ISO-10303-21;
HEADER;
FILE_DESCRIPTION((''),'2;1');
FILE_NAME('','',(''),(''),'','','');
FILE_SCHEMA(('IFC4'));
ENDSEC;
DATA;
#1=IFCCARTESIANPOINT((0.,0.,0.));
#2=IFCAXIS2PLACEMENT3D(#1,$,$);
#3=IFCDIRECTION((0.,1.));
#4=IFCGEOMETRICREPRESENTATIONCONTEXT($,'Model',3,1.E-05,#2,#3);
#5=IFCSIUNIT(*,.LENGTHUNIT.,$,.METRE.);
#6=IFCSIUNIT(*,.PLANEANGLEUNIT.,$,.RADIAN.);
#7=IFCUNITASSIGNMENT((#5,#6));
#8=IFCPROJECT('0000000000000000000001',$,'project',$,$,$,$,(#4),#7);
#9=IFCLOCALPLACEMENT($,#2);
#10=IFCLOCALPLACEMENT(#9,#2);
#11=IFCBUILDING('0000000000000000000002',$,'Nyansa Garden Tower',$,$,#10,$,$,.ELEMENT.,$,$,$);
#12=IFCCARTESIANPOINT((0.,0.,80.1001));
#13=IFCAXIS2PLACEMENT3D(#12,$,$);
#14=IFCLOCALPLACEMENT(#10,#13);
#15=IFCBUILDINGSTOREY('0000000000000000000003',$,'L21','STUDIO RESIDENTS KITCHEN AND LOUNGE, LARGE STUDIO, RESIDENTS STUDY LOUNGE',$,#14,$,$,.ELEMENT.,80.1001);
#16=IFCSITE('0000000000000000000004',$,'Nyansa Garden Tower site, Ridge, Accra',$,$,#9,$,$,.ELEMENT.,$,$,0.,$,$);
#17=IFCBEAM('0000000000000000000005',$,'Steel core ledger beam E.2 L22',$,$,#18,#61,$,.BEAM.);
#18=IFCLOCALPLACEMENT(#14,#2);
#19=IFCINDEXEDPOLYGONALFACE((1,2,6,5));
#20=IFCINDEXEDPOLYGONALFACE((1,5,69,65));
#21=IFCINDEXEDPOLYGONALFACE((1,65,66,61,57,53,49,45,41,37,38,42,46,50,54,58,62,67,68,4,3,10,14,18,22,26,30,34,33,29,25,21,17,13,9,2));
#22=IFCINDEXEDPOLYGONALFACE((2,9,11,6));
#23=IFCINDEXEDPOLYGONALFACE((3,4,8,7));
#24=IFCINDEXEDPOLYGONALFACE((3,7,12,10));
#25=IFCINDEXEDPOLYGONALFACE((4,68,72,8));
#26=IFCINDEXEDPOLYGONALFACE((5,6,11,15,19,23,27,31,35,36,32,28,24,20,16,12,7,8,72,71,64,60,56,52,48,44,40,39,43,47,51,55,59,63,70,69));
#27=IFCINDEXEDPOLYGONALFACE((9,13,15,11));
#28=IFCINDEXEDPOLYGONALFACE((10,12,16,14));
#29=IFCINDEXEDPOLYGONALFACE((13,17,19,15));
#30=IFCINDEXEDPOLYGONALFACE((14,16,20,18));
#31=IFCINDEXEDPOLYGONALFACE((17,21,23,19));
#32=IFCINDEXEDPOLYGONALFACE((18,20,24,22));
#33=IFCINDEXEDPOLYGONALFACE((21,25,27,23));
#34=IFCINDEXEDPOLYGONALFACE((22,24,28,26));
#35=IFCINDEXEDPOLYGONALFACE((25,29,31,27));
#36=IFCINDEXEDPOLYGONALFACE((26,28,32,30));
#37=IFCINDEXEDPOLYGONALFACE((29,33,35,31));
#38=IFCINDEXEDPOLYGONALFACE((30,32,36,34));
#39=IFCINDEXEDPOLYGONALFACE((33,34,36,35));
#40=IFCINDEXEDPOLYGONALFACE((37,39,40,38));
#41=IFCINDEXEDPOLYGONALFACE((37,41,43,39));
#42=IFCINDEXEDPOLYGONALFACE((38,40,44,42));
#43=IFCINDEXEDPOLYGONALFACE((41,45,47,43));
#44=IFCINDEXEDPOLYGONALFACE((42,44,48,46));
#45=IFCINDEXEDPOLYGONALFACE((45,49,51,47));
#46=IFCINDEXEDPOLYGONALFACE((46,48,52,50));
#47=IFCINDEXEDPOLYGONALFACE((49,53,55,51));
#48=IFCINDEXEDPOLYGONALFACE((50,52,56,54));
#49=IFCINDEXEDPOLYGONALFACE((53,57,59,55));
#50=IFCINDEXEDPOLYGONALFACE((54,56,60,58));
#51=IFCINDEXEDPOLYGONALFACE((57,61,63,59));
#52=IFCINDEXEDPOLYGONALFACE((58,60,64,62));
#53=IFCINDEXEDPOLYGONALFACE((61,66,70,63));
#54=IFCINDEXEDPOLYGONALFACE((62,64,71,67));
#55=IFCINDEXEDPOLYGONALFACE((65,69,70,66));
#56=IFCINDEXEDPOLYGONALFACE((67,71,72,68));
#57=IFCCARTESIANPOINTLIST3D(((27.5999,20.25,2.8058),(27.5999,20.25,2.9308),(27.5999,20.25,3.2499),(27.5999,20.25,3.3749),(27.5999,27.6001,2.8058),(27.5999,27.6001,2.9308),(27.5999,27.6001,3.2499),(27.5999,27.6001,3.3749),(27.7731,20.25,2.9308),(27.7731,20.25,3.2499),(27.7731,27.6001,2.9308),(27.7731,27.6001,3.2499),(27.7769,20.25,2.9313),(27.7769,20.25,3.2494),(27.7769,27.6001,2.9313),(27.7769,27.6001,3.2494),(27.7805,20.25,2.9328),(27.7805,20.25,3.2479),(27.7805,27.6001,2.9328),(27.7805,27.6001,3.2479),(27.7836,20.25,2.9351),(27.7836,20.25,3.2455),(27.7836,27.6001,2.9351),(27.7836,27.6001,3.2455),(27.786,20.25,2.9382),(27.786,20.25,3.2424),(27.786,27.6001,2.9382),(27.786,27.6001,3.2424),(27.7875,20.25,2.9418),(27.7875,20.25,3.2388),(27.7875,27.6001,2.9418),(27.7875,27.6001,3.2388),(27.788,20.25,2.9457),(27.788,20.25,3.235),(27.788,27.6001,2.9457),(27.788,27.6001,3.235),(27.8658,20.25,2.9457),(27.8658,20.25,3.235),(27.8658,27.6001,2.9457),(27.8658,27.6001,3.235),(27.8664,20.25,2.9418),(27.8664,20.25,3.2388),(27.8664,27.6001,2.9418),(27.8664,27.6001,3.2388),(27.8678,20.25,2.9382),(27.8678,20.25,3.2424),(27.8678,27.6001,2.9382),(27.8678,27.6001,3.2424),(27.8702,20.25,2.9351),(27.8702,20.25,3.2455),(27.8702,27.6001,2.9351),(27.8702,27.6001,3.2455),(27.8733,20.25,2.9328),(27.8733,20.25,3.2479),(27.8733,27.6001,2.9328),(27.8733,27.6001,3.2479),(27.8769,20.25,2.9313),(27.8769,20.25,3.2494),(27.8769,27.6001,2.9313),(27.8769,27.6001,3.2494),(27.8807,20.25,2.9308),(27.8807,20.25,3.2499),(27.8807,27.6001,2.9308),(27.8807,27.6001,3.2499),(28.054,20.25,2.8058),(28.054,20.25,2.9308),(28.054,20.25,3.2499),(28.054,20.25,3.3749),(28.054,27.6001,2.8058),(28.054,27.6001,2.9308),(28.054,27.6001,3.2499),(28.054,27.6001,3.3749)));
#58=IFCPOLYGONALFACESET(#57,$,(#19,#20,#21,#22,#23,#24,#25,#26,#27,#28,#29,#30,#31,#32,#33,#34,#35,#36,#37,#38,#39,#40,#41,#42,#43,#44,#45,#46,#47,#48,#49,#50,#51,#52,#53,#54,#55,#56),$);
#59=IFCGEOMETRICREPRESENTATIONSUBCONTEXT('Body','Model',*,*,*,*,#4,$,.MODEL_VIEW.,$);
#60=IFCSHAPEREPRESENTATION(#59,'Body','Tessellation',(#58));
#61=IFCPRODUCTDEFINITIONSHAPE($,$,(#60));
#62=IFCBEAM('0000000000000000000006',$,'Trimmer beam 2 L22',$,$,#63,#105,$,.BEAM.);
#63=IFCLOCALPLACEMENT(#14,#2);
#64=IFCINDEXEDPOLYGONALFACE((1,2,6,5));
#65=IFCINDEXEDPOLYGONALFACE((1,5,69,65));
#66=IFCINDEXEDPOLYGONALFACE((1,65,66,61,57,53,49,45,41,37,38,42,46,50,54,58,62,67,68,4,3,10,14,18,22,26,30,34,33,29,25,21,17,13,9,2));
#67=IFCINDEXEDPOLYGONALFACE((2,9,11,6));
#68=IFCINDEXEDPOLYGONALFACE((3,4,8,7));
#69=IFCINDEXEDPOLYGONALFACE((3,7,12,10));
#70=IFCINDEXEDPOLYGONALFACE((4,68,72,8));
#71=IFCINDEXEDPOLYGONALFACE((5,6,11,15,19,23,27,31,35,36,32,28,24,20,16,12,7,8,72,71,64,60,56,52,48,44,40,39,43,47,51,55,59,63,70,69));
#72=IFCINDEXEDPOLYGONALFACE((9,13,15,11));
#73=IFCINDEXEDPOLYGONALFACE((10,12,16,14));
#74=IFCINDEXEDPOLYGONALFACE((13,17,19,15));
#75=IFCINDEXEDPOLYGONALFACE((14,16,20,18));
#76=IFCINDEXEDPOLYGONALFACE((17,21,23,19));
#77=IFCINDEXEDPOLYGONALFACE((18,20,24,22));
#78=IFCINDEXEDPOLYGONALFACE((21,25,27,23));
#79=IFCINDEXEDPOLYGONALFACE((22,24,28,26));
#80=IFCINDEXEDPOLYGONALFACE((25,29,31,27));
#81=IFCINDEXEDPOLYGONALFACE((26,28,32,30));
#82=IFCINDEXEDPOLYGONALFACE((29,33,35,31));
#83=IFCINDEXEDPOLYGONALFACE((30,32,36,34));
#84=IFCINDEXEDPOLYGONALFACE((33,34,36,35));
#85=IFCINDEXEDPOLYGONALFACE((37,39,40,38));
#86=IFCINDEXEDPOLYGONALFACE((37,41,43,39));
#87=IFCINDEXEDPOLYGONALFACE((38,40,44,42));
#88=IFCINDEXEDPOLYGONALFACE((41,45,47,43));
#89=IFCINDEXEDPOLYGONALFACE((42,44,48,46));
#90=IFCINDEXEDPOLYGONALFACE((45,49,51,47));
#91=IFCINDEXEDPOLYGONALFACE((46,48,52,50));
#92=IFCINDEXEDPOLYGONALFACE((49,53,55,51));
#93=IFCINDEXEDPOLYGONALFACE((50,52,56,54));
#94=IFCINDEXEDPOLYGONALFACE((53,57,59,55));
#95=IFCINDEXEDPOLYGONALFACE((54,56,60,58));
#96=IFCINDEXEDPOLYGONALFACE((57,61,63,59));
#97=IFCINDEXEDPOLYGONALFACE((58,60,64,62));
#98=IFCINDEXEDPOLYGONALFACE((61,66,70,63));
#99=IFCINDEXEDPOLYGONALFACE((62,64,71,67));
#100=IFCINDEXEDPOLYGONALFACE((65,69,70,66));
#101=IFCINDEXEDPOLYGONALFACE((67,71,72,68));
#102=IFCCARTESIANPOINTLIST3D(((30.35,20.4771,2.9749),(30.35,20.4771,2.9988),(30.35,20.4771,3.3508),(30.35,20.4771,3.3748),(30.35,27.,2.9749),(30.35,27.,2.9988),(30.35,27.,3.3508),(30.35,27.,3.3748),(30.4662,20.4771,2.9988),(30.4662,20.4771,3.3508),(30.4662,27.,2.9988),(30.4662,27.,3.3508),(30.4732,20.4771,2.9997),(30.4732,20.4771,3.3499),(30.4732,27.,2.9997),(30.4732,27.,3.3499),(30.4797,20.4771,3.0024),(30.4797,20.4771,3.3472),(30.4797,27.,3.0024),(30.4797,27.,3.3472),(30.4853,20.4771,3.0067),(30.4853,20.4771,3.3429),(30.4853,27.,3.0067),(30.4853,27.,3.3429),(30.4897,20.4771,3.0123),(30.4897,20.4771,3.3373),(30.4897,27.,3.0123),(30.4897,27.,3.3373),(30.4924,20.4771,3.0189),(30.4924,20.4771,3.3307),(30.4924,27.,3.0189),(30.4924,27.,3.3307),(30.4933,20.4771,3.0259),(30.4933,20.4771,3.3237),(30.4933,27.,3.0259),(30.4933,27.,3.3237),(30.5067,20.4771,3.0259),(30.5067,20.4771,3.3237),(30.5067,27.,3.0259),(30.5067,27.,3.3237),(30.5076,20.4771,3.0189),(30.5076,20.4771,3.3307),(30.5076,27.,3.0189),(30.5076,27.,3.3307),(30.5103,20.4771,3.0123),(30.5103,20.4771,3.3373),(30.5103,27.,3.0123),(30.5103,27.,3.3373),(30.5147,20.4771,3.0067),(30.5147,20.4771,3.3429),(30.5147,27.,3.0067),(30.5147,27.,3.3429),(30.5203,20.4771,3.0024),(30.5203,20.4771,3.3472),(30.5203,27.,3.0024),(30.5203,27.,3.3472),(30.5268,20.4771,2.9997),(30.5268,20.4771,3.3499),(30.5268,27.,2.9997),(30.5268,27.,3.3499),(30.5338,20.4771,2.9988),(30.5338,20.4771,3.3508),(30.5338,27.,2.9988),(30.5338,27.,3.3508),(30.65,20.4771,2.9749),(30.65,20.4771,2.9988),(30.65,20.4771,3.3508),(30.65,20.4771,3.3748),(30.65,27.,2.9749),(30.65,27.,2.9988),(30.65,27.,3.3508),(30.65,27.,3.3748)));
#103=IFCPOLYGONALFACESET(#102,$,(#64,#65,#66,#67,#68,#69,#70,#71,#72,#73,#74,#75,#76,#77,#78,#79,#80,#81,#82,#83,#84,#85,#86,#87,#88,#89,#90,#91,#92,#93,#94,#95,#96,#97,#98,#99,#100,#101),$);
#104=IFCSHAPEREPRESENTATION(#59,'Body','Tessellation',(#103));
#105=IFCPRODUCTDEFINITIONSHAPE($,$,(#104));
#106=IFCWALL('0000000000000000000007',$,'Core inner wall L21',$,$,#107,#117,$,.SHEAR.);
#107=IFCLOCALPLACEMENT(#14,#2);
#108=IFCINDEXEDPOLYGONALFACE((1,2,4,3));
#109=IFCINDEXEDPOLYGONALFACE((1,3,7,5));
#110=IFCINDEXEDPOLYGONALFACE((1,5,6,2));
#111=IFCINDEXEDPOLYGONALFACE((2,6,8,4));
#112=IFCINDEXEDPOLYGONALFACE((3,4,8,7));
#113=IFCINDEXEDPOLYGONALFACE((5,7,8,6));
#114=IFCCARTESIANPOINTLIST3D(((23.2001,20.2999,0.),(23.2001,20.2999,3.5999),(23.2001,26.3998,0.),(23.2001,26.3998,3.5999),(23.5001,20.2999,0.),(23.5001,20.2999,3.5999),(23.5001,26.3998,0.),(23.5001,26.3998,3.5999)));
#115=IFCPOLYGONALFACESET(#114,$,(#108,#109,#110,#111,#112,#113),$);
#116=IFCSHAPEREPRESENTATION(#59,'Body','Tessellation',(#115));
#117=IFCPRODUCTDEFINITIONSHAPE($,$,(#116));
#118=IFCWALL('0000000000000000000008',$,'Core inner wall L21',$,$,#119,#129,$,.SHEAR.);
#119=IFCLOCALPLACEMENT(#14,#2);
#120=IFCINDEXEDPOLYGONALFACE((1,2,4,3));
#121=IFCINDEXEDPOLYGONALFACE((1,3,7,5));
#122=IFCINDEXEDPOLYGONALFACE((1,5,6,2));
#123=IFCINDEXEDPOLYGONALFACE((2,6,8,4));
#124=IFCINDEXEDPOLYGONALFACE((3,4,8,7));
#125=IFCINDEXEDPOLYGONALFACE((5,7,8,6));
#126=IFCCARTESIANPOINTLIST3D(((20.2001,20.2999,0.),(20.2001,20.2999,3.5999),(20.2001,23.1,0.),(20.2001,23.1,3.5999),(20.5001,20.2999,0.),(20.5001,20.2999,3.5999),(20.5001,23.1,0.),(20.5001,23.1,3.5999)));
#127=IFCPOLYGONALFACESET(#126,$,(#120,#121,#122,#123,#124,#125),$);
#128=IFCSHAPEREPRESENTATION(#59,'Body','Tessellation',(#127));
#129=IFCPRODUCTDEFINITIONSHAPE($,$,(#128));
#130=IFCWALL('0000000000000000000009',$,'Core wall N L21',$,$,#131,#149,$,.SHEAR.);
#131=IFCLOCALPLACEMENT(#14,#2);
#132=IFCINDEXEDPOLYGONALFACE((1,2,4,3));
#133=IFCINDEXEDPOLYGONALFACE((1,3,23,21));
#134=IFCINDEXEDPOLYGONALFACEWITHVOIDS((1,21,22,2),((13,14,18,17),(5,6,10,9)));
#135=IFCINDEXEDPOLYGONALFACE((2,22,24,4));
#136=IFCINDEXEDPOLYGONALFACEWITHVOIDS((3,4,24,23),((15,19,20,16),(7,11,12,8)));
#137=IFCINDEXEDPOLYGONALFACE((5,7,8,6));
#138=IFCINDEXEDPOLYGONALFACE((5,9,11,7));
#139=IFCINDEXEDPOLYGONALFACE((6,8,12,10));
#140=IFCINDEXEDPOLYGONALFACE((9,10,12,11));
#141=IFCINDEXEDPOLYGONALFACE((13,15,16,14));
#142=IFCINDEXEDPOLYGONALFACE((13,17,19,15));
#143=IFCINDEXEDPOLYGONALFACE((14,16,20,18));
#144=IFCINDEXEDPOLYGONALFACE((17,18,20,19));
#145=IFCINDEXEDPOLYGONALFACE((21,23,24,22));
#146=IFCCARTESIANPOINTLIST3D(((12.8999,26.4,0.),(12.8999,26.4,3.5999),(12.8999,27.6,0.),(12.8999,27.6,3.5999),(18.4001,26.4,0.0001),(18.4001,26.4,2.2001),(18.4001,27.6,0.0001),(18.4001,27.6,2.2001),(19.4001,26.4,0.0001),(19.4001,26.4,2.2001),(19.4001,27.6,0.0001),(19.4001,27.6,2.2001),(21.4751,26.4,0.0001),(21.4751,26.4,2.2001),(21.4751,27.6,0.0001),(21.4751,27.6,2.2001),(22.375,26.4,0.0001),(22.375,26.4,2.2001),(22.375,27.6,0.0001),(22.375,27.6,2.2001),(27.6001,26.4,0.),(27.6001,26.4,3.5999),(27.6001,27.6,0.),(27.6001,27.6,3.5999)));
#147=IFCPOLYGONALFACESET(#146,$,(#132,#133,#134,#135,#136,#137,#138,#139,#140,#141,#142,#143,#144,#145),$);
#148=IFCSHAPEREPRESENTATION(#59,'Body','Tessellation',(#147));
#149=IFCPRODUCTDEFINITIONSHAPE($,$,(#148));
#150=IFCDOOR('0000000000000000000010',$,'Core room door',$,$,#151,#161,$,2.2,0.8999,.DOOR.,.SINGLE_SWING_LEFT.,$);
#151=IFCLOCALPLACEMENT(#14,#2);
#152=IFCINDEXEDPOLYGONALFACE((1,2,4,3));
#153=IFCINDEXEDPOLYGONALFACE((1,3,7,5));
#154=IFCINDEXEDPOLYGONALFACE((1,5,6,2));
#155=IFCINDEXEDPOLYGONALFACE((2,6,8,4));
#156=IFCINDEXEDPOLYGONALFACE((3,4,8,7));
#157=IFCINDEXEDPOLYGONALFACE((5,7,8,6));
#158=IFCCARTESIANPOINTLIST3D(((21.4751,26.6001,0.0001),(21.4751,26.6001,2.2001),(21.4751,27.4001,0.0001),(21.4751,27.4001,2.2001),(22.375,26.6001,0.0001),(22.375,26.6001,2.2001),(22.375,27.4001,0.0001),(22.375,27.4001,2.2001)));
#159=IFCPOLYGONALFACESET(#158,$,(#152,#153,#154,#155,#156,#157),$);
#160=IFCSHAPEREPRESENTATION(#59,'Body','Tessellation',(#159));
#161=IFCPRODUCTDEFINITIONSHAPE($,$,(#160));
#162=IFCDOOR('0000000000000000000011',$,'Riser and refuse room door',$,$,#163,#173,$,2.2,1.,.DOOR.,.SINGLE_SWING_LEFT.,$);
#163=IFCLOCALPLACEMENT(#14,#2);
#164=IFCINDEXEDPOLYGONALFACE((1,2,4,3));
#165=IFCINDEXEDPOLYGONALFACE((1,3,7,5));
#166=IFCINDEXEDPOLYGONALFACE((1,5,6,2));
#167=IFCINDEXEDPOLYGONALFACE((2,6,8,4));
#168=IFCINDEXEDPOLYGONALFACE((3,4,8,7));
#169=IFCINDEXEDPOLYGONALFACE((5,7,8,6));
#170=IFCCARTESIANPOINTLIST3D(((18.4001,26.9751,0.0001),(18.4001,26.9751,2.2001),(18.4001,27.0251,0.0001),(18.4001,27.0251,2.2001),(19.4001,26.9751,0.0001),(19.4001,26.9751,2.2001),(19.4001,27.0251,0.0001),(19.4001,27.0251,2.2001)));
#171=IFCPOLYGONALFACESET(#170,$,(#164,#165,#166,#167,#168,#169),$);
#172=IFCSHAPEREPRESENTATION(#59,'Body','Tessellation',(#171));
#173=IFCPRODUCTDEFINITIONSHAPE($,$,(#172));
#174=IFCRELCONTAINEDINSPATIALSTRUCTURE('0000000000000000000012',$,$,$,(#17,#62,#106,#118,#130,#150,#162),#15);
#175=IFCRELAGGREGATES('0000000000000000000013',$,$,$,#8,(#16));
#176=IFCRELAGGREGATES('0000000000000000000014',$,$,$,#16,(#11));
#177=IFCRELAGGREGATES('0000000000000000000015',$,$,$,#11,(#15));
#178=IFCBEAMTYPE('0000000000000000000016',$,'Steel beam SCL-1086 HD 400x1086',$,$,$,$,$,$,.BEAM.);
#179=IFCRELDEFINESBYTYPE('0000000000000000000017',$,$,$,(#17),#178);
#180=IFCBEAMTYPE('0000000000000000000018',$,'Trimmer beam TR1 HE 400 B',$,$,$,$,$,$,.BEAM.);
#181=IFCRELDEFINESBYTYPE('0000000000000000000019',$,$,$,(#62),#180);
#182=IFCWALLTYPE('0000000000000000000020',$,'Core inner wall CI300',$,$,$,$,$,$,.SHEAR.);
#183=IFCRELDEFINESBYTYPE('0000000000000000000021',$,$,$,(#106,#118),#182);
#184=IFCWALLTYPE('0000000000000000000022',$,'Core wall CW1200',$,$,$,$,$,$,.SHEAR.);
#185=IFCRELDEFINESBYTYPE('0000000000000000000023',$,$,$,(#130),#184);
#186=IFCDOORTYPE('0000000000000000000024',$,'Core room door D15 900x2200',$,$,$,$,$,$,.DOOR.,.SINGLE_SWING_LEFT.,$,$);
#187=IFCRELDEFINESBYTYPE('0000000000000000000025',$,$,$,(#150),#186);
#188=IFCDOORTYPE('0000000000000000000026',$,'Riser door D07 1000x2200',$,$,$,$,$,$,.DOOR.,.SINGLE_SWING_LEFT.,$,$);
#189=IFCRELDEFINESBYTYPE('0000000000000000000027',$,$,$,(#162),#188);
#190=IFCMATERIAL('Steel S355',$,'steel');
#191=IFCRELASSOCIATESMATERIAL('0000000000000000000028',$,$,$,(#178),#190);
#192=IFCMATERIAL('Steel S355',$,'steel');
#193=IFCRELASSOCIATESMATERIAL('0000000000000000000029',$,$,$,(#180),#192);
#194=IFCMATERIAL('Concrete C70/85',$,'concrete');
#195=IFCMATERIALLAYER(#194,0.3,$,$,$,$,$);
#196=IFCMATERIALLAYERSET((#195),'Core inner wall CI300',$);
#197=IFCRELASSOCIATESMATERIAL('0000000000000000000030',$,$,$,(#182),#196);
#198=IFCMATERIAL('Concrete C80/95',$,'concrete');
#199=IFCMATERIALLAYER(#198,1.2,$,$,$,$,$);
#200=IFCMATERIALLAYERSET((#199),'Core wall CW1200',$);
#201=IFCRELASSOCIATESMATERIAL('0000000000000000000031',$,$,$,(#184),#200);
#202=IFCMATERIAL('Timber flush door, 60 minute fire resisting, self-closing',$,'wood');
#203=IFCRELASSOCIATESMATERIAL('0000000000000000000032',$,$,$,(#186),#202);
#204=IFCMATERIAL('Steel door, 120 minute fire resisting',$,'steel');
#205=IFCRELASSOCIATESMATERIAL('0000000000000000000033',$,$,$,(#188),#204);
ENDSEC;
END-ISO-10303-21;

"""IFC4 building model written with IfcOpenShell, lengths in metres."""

from ifc_helpers import new_model, si_unit, direction, frame, frame_2d, origin, origin_2d, place, context, subcontext, project, spatial, rectangle, i_section, extrude, material, layer, layer_set, material_profile, profile_set, type_object, element, fill, save


model = new_model("IFC4")

# Units and contexts
model_context = context("Model", 3, precision=1e-05, world=origin(), true_north=direction((0.0, 1.0)))
body_context = subcontext(model_context, "Body", "Model", "MODEL_VIEW")
ifc_project = project(units=[si_unit("LENGTHUNIT", "METRE"), si_unit("PLANEANGLEUNIT", "RADIAN")], contexts=[model_context])

# Site, building, storey
site_placement = place(None, origin())
site = spatial("IfcSite", under=ifc_project, at=site_placement, Name="Nyansa Garden Tower site, Ridge, Accra", CompositionType="ELEMENT", RefElevation=0.0)
building_placement = place(site_placement, origin())
building = spatial("IfcBuilding", under=site, at=building_placement, Name="Nyansa Garden Tower", CompositionType="ELEMENT")
storey_placement = place(building_placement, frame((0.0, 0.0, 80.1001)))
storey = spatial("IfcBuildingStorey", under=building, at=storey_placement, Name="L21", Description="STUDIO RESIDENTS KITCHEN AND LOUNGE, LARGE STUDIO, RESIDENTS STUDY LOUNGE", CompositionType="ELEMENT", Elevation=80.1001)

# Beams
ifc_material_1 = material(Name="Steel S355", Category="steel")
ifc_material_profile_1 = material_profile(ifc_material_1, i_section(OverallWidth=0.4541, OverallDepth=0.5691, WebThickness=0.0779, FlangeThickness=0.125, FilletRadius=0.0149, at=origin_2d()), Name="HD 400x1086")
ifc_profile_set_1 = profile_set([ifc_material_profile_1], Name="Steel S355")
beam_type_1 = type_object("IfcBeamType", Name="Steel beam SCL-1086 HD 400x1086", PredefinedType="BEAM", material=ifc_profile_set_1)
beam_1_placement = place(storey_placement, frame((27.8269, 20.25, 3.0903), z_axis=(0.0, 1.0, 0.0), x_axis=(-1.0, 0.0, 0.0)))
element("IfcBeam", 1, at=beam_1_placement, inside=storey, type_object=beam_type_1, Name="Steel core ledger beam E.2 L22", PredefinedType="BEAM", context=body_context, shape_type="SweptSolid", body=[
    extrude(i_section(OverallWidth=0.4541, OverallDepth=0.5691, WebThickness=0.0779, FlangeThickness=0.125, FilletRadius=0.0149, at=origin_2d()), origin(), (0.0, 0.0, 1.0), 7.3501),
])
ifc_material_2 = material(Name="Steel S355", Category="steel")
ifc_material_profile_2 = material_profile(ifc_material_2, i_section(OverallWidth=0.3, OverallDepth=0.3999, WebThickness=0.0134, FlangeThickness=0.0239, FilletRadius=0.0271, at=origin_2d()), Name="HE 400 B")
ifc_profile_set_2 = profile_set([ifc_material_profile_2], Name="Steel S355")
beam_type_2 = type_object("IfcBeamType", Name="Trimmer beam TR1 HE 400 B", PredefinedType="BEAM", material=ifc_profile_set_2)
beam_2_placement = place(storey_placement, frame((30.5, 20.4771, 3.1748), z_axis=(0.0, 1.0, 0.0), x_axis=(-1.0, 0.0, 0.0)))
element("IfcBeam", 2, at=beam_2_placement, inside=storey, type_object=beam_type_2, Name="Trimmer beam 2 L22", PredefinedType="BEAM", context=body_context, shape_type="SweptSolid", body=[
    extrude(i_section(OverallWidth=0.3, OverallDepth=0.3999, WebThickness=0.0134, FlangeThickness=0.0239, FilletRadius=0.0271, at=origin_2d()), origin(), (0.0, 0.0, 1.0), 6.5229),
])

# Walls
ifc_material_3 = material(Name="Concrete C70/85", Category="concrete")
ifc_layer_1 = layer(ifc_material_3, 0.3)
ifc_layer_set_1 = layer_set([ifc_layer_1], Name="Core inner wall CI300")
wall_type_1 = type_object("IfcWallType", Name="Core inner wall CI300", PredefinedType="SHEAR", material=ifc_layer_set_1)
wall_1_placement = place(storey_placement, frame((23.3501, 20.3, 0.0), z_axis=(0.0, 0.0, 1.0), x_axis=(0.0, 1.0, 0.0)))
element("IfcWall", 3, at=wall_1_placement, inside=storey, type_object=wall_type_1, Name="Core inner wall L21", PredefinedType="SHEAR", context=body_context, shape_type="SweptSolid", body=[
    extrude(rectangle(XDim=6.0999, YDim=0.3, at=frame_2d((3.0498, 0.0))), origin(), (0.0, 0.0, 1.0), 3.5999),
])
wall_2_placement = place(storey_placement, frame((20.3501, 20.3, 0.0), z_axis=(0.0, 0.0, 1.0), x_axis=(0.0, 1.0, 0.0)))
element("IfcWall", 4, at=wall_2_placement, inside=storey, type_object=wall_type_1, Name="Core inner wall L21", PredefinedType="SHEAR", context=body_context, shape_type="SweptSolid", body=[
    extrude(rectangle(XDim=2.8, YDim=0.3, at=frame_2d((1.3999, 0.0))), origin(), (0.0, 0.0, 1.0), 3.5999),
])

# Wall, openings, doors
ifc_material_4 = material(Name="Concrete C80/95", Category="concrete")
ifc_layer_2 = layer(ifc_material_4, 1.2)
ifc_layer_set_2 = layer_set([ifc_layer_2], Name="Core wall CW1200")
wall_type_2 = type_object("IfcWallType", Name="Core wall CW1200", PredefinedType="SHEAR", material=ifc_layer_set_2)
wall_3_placement = place(storey_placement, frame((27.6001, 27.0, 0.0), z_axis=(0.0, 0.0, 1.0), x_axis=(-1.0, 0.0, 0.0)))
wall_3 = element("IfcWall", 5, at=wall_3_placement, inside=storey, type_object=wall_type_2, Name="Core wall N L21", PredefinedType="SHEAR", context=body_context, shape_type="SweptSolid", body=[
    extrude(rectangle(XDim=14.7002, YDim=1.2, at=frame_2d((7.3501, 0.0))), origin(), (0.0, 0.0, 1.0), 3.5999),
])
opening_1_placement = place(wall_3_placement, frame((5.2251, 0.0, 0.0)))
opening_1 = element("IfcOpeningElement", 6, at=opening_1_placement, cuts=wall_3, PredefinedType="OPENING", context=body_context, shape_type="SweptSolid", body=[
    extrude(rectangle(XDim=0.8999, YDim=2.2, at=frame_2d((0.45, 1.1001))), frame((0.0, 0.6099, 0.0), z_axis=(0.0, -1.0, 0.0), x_axis=(1.0, 0.0, 0.0)), (0.0, 0.0, 1.0), 1.22),
])
opening_2_placement = place(wall_3_placement, frame((8.2, 0.0, 0.0)))
opening_2 = element("IfcOpeningElement", 7, at=opening_2_placement, cuts=wall_3, PredefinedType="OPENING", context=body_context, shape_type="SweptSolid", body=[
    extrude(rectangle(XDim=1.0, YDim=2.2, at=frame_2d((0.5, 1.1001))), frame((0.0, 0.6099, 0.0), z_axis=(0.0, -1.0, 0.0), x_axis=(1.0, 0.0, 0.0)), (0.0, 0.0, 1.0), 1.22),
])
ifc_material_5 = material(Name="Timber flush door, 60 minute fire resisting, self-closing", Category="wood")
door_type_1 = type_object("IfcDoorType", Name="Core room door D15 900x2200", OperationType="SINGLE_SWING_LEFT", PredefinedType="DOOR", material=ifc_material_5)
door_1_placement = place(opening_1_placement, origin())
door_1 = element("IfcDoor", 8, at=door_1_placement, inside=storey, type_object=door_type_1, Name="Core room door", OperationType="SINGLE_SWING_LEFT", OverallHeight=2.2, OverallWidth=0.8999, PredefinedType="DOOR", context=body_context, shape_type="SweptSolid", body=[
    extrude(rectangle(XDim=0.8999, YDim=2.2, at=frame_2d((0.45, 1.1001))), frame((0.0, 0.3999, 0.0), z_axis=(0.0, -1.0, 0.0), x_axis=(1.0, 0.0, 0.0)), (0.0, 0.0, 1.0), 0.8),
])
fill(opening_1, door_1)
ifc_material_6 = material(Name="Steel door, 120 minute fire resisting", Category="steel")
door_type_2 = type_object("IfcDoorType", Name="Riser door D07 1000x2200", OperationType="SINGLE_SWING_LEFT", PredefinedType="DOOR", material=ifc_material_6)
door_2_placement = place(opening_2_placement, origin())
door_2 = element("IfcDoor", 9, at=door_2_placement, inside=storey, type_object=door_type_2, Name="Riser and refuse room door", OperationType="SINGLE_SWING_LEFT", OverallHeight=2.2, OverallWidth=1.0, PredefinedType="DOOR", context=body_context, shape_type="SweptSolid", body=[
    extrude(rectangle(XDim=1.0, YDim=2.2, at=frame_2d((0.5, 1.1001))), frame((0.0, 0.0249, 0.0), z_axis=(0.0, -1.0, 0.0), x_axis=(1.0, 0.0, 0.0)), (0.0, 0.0, 1.0), 0.05),
])
fill(opening_2, door_2)

save(model, "model.ifc")
